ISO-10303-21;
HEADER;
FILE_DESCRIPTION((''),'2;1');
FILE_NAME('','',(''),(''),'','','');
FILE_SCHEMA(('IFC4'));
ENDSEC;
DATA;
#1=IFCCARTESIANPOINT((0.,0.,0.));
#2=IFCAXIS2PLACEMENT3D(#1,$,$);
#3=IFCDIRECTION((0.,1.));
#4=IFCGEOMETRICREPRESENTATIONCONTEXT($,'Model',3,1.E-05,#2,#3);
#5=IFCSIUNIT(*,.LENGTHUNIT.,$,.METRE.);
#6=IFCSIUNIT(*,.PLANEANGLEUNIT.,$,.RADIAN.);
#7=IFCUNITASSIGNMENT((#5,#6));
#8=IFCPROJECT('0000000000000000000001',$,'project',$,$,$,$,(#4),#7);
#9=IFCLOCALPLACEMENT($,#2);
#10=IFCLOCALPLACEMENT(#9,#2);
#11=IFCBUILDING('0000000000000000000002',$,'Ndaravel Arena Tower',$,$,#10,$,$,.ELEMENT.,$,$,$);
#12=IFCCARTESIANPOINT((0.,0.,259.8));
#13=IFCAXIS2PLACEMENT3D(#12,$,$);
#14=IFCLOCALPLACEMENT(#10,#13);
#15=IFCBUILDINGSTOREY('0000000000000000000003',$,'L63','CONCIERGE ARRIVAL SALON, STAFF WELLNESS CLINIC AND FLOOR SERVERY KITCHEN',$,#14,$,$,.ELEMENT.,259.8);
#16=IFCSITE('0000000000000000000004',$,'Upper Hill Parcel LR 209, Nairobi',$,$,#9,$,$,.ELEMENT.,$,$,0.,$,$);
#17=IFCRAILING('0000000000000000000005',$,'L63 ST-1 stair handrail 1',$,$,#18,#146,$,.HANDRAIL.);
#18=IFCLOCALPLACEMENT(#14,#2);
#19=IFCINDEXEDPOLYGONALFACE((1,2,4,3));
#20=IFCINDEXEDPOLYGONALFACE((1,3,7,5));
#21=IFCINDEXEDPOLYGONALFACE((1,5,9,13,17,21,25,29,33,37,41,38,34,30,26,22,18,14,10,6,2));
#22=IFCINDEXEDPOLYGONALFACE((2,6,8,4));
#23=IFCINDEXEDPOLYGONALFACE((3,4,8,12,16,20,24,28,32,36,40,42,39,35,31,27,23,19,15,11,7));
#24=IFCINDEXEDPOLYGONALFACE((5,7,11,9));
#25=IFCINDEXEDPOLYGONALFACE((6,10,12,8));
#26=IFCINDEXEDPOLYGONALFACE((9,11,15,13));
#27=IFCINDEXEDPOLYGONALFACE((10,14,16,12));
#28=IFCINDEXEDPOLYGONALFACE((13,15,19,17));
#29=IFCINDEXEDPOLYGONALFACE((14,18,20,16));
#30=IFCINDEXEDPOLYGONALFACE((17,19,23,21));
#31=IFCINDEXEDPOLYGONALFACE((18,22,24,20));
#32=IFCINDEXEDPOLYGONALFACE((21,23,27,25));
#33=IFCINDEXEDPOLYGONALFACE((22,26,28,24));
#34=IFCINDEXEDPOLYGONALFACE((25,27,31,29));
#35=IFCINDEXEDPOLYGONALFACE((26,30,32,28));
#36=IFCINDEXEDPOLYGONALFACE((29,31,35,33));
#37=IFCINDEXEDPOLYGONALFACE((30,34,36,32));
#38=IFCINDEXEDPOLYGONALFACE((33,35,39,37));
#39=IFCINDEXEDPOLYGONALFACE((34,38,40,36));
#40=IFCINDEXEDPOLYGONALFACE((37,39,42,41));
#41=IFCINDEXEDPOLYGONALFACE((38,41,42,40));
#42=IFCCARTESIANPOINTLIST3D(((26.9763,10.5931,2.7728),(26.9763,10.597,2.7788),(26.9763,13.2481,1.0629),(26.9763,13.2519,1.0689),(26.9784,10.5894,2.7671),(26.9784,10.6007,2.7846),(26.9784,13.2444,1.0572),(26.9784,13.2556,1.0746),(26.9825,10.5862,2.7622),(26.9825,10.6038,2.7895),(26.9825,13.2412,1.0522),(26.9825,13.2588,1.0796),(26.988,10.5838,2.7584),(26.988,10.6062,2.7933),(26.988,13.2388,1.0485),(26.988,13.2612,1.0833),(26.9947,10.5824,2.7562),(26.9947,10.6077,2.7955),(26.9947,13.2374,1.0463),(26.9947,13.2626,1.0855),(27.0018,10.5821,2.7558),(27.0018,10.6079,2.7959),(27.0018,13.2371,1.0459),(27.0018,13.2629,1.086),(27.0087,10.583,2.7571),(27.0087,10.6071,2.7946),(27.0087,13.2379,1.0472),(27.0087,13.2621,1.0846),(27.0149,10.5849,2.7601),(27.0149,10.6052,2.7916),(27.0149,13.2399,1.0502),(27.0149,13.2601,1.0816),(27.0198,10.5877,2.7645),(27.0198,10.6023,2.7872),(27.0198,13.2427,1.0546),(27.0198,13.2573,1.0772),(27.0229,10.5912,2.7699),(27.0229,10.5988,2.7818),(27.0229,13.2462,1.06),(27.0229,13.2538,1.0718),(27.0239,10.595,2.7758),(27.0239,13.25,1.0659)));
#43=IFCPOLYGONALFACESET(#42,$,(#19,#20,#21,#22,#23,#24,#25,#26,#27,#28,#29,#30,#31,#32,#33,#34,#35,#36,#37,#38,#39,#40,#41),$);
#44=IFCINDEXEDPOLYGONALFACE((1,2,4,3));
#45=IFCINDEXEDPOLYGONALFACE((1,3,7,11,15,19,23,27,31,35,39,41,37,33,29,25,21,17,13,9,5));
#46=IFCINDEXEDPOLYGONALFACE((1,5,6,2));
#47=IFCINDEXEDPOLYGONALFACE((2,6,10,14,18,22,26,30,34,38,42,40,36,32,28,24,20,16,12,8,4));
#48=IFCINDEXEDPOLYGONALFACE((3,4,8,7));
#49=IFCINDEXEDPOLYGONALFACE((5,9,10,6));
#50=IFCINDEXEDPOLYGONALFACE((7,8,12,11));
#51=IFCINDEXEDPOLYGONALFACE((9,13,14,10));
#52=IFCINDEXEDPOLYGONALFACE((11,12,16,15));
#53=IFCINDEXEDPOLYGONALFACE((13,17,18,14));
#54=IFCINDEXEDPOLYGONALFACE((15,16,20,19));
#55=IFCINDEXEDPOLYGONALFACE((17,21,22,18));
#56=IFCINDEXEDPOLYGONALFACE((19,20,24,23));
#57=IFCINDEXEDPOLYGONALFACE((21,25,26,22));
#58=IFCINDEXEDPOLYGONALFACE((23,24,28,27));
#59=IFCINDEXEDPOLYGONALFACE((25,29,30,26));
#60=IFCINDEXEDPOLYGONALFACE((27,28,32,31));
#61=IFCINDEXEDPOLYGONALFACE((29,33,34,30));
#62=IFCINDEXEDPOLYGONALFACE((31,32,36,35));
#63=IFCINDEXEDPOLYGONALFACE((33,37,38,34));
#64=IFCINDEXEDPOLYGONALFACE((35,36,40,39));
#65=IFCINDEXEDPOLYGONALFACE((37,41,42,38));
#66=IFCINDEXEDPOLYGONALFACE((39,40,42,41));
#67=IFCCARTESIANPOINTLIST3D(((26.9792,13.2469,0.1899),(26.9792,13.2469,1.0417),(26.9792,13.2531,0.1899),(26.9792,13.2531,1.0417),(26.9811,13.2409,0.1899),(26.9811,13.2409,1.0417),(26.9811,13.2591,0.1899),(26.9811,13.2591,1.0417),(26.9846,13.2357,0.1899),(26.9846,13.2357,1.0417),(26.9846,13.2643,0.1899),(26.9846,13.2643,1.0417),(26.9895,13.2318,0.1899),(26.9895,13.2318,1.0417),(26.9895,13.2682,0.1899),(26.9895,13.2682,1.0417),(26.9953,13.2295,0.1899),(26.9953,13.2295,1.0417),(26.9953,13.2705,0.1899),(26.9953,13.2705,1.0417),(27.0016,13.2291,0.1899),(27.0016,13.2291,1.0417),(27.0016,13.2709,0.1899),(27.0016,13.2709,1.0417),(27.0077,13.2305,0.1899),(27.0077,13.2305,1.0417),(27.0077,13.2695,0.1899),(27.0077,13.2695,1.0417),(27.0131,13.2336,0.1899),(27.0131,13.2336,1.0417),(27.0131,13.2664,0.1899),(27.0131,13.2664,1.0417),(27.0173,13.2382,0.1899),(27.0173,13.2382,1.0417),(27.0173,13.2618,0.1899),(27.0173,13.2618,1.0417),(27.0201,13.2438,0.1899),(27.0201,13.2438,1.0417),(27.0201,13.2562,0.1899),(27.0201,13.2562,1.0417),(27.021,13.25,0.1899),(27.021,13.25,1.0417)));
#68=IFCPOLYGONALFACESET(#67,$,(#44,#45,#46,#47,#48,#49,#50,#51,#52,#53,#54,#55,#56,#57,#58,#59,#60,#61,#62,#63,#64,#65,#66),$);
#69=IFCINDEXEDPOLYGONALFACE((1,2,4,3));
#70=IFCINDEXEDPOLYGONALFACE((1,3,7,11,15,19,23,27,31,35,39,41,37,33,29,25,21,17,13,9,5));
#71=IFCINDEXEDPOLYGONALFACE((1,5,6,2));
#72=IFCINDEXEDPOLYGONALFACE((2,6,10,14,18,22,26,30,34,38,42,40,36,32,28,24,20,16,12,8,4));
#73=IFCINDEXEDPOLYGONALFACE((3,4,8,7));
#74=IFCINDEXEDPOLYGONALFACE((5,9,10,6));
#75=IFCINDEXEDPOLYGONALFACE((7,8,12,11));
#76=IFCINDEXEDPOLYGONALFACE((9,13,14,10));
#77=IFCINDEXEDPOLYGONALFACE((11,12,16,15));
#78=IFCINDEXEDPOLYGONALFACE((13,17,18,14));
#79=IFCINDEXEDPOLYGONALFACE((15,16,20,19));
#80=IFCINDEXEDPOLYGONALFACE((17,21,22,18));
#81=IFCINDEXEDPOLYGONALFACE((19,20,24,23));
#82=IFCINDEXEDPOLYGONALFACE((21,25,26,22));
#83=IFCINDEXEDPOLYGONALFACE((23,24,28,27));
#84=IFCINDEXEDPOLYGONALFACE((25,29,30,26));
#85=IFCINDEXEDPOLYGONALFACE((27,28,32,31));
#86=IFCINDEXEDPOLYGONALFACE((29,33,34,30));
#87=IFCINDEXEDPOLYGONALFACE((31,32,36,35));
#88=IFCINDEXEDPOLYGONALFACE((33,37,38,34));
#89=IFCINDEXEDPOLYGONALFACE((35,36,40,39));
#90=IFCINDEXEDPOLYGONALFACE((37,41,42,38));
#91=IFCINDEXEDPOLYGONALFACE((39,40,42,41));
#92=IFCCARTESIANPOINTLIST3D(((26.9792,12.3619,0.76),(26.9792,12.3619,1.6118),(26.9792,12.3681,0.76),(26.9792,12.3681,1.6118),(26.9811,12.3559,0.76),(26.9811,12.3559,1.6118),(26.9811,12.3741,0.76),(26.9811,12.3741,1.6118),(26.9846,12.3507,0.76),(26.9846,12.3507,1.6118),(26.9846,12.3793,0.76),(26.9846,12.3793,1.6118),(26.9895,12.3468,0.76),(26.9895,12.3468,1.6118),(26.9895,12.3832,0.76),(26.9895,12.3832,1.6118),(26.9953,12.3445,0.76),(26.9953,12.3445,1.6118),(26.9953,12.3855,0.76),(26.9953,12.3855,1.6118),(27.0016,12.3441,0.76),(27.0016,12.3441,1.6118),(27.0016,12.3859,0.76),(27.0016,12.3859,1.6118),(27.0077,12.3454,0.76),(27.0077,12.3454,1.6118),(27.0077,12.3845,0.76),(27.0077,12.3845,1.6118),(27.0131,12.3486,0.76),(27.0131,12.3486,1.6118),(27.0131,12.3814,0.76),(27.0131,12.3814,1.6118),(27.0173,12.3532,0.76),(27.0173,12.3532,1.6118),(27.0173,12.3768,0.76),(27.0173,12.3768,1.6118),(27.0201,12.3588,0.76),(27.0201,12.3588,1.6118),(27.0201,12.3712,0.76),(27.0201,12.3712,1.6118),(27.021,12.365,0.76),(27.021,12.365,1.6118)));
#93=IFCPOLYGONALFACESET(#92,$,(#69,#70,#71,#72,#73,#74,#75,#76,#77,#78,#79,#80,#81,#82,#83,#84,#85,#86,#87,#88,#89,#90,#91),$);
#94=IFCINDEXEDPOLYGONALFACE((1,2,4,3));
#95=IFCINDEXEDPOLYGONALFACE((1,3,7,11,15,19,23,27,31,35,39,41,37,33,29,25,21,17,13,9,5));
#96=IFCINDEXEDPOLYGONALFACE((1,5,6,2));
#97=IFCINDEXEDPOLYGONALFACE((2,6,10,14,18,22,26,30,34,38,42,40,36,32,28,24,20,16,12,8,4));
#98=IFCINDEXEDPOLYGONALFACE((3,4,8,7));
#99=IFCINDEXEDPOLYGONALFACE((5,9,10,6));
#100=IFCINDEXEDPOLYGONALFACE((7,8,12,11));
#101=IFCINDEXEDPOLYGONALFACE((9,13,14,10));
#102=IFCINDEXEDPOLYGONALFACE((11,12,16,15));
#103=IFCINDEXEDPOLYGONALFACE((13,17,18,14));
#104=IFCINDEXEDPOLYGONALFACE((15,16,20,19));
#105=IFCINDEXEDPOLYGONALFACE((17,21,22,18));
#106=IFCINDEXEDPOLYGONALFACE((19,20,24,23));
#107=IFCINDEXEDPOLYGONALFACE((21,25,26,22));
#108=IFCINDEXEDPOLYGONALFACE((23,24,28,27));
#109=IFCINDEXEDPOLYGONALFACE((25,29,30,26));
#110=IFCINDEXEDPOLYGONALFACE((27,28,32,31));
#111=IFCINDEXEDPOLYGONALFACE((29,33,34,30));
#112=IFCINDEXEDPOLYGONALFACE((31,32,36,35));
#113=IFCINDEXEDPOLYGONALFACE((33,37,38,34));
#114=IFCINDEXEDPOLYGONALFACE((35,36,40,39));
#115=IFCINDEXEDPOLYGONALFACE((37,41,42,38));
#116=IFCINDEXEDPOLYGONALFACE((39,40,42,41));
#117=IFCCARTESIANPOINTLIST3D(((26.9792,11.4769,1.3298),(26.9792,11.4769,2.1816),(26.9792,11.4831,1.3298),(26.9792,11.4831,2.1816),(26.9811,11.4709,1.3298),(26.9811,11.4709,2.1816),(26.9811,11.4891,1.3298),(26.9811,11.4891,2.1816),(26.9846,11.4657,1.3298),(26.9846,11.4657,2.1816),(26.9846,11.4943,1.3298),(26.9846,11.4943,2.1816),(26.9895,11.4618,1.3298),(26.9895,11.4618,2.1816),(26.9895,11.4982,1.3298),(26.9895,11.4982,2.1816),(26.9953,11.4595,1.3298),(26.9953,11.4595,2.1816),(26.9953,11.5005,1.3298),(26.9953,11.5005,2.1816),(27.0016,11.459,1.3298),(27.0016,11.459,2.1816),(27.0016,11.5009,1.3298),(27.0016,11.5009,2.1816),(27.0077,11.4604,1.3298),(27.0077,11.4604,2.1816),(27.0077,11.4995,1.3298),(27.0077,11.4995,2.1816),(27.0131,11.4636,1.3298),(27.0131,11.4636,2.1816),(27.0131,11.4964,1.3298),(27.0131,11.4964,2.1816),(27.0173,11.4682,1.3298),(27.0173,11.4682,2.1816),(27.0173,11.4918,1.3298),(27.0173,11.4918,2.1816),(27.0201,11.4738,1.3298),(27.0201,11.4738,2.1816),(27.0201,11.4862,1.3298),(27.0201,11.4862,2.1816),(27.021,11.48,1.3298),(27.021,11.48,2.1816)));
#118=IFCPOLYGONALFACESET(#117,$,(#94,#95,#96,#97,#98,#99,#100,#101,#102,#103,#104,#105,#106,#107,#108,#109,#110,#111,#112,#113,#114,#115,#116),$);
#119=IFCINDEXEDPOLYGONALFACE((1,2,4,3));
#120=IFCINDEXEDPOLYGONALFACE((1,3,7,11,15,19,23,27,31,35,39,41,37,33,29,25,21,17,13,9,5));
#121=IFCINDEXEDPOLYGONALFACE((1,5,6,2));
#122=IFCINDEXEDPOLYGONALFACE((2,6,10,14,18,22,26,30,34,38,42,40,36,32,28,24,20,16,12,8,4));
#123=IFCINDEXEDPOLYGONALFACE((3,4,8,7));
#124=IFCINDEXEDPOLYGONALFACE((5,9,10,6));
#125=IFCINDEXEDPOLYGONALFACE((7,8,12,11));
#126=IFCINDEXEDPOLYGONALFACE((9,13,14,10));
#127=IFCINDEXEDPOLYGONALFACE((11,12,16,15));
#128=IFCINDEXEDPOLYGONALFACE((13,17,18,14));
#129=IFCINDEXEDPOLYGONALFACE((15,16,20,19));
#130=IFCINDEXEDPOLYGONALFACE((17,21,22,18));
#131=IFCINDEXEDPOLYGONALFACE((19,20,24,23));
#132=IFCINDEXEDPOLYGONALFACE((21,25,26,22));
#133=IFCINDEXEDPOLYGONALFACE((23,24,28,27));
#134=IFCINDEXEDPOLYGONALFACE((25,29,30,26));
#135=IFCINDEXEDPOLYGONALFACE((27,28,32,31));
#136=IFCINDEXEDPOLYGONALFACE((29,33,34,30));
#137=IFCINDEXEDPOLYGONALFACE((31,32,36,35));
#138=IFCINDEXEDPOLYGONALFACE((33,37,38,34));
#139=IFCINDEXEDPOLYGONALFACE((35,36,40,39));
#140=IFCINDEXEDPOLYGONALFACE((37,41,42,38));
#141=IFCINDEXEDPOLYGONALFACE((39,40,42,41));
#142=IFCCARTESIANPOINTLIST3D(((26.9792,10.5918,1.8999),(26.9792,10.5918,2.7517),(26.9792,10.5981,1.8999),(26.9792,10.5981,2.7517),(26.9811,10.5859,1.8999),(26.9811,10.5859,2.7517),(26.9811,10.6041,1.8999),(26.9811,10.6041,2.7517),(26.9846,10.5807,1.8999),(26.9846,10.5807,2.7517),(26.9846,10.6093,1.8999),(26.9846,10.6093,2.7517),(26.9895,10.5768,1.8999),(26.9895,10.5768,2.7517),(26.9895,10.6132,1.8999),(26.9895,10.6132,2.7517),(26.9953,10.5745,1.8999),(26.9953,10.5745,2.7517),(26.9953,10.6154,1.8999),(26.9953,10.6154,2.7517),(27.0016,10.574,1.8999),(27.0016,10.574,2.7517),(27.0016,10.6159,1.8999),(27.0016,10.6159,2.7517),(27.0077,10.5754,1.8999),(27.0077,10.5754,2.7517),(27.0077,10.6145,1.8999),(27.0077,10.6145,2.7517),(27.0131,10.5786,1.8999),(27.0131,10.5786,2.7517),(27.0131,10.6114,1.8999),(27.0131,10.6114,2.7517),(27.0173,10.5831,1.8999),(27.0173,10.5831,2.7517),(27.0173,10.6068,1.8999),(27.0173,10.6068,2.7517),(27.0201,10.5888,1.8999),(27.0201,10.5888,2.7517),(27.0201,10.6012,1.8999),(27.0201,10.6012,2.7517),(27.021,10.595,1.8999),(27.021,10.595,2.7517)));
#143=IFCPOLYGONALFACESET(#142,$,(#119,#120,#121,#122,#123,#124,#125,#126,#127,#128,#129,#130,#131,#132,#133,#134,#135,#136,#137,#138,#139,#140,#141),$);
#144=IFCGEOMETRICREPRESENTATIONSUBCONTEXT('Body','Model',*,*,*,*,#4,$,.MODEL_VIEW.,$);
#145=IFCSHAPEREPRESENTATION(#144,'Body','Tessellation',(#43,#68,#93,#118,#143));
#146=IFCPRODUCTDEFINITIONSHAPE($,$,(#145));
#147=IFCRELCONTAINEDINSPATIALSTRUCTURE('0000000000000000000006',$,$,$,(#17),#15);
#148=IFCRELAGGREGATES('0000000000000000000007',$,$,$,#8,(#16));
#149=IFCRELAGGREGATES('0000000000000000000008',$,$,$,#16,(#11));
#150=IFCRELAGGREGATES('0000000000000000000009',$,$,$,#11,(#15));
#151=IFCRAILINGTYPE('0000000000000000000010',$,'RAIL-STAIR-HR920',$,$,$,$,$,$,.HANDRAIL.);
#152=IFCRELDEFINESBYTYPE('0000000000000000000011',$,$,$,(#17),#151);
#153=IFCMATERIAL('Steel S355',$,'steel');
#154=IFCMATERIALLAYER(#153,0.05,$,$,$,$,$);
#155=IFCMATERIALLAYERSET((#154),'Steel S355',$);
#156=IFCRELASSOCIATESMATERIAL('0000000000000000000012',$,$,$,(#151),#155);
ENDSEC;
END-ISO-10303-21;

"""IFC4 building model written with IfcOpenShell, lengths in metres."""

from ifc_helpers import new_model, si_unit, direction, frame, origin, origin_2d, place, context, subcontext, project, spatial, circle, extrude, material, layer, layer_set, type_object, element, save


model = new_model("IFC4")

# Units and contexts
model_context = context("Model", 3, precision=1e-05, world=origin(), true_north=direction((0.0, 1.0)))
body_context = subcontext(model_context, "Body", "Model", "MODEL_VIEW")
ifc_project = project(units=[si_unit("LENGTHUNIT", "METRE"), si_unit("PLANEANGLEUNIT", "RADIAN")], contexts=[model_context])

# Site, building, storey
site_placement = place(None, origin())
site = spatial("IfcSite", under=ifc_project, at=site_placement, Name="Upper Hill Parcel LR 209, Nairobi", CompositionType="ELEMENT", RefElevation=0.0)
building_placement = place(site_placement, origin())
building = spatial("IfcBuilding", under=site, at=building_placement, Name="Ndaravel Arena Tower", CompositionType="ELEMENT")
storey_placement = place(building_placement, frame((0.0, 0.0, 259.8)))
storey = spatial("IfcBuildingStorey", under=building, at=storey_placement, Name="L63", Description="CONCIERGE ARRIVAL SALON, STAFF WELLNESS CLINIC AND FLOOR SERVERY KITCHEN", CompositionType="ELEMENT", Elevation=259.8)

# Railing
ifc_material_1 = material(Name="Steel S355", Category="steel")
ifc_layer_1 = layer(ifc_material_1, 0.05)
ifc_layer_set_1 = layer_set([ifc_layer_1], Name="Steel S355")
railing_type_1 = type_object("IfcRailingType", Name="RAIL-STAIR-HR920", PredefinedType="HANDRAIL", material=ifc_layer_set_1)
railing_1_placement = place(storey_placement, frame((27.0, 13.25, 0.1899)))
element("IfcRailing", 1, at=railing_1_placement, inside=storey, type_object=railing_type_1, Name="L63 ST-1 stair handrail 1", PredefinedType="HANDRAIL", context=body_context, shape_type="SweptSolid", body=[
    extrude(circle(Radius=0.0239, at=origin_2d()), frame((0.0, 0.0, 0.876), z_axis=(0.0, -0.840724, 0.541465), x_axis=(1.0, 0.0, 0.0)), (0.0, 0.0, 1.0), 3.158),
    extrude(circle(Radius=0.021, at=origin_2d()), origin(), (0.0, 0.0, 1.0), 0.8518),
    extrude(circle(Radius=0.021, at=origin_2d()), frame((0.0, -0.885, 0.5701)), (0.0, 0.0, 1.0), 0.8518),
    extrude(circle(Radius=0.021, at=origin_2d()), frame((0.0, -1.77, 1.1399)), (0.0, 0.0, 1.0), 0.8518),
    extrude(circle(Radius=0.021, at=origin_2d()), frame((0.0, -2.655, 1.71)), (0.0, 0.0, 1.0), 0.8518),
])

save(model, "model.ifc")
